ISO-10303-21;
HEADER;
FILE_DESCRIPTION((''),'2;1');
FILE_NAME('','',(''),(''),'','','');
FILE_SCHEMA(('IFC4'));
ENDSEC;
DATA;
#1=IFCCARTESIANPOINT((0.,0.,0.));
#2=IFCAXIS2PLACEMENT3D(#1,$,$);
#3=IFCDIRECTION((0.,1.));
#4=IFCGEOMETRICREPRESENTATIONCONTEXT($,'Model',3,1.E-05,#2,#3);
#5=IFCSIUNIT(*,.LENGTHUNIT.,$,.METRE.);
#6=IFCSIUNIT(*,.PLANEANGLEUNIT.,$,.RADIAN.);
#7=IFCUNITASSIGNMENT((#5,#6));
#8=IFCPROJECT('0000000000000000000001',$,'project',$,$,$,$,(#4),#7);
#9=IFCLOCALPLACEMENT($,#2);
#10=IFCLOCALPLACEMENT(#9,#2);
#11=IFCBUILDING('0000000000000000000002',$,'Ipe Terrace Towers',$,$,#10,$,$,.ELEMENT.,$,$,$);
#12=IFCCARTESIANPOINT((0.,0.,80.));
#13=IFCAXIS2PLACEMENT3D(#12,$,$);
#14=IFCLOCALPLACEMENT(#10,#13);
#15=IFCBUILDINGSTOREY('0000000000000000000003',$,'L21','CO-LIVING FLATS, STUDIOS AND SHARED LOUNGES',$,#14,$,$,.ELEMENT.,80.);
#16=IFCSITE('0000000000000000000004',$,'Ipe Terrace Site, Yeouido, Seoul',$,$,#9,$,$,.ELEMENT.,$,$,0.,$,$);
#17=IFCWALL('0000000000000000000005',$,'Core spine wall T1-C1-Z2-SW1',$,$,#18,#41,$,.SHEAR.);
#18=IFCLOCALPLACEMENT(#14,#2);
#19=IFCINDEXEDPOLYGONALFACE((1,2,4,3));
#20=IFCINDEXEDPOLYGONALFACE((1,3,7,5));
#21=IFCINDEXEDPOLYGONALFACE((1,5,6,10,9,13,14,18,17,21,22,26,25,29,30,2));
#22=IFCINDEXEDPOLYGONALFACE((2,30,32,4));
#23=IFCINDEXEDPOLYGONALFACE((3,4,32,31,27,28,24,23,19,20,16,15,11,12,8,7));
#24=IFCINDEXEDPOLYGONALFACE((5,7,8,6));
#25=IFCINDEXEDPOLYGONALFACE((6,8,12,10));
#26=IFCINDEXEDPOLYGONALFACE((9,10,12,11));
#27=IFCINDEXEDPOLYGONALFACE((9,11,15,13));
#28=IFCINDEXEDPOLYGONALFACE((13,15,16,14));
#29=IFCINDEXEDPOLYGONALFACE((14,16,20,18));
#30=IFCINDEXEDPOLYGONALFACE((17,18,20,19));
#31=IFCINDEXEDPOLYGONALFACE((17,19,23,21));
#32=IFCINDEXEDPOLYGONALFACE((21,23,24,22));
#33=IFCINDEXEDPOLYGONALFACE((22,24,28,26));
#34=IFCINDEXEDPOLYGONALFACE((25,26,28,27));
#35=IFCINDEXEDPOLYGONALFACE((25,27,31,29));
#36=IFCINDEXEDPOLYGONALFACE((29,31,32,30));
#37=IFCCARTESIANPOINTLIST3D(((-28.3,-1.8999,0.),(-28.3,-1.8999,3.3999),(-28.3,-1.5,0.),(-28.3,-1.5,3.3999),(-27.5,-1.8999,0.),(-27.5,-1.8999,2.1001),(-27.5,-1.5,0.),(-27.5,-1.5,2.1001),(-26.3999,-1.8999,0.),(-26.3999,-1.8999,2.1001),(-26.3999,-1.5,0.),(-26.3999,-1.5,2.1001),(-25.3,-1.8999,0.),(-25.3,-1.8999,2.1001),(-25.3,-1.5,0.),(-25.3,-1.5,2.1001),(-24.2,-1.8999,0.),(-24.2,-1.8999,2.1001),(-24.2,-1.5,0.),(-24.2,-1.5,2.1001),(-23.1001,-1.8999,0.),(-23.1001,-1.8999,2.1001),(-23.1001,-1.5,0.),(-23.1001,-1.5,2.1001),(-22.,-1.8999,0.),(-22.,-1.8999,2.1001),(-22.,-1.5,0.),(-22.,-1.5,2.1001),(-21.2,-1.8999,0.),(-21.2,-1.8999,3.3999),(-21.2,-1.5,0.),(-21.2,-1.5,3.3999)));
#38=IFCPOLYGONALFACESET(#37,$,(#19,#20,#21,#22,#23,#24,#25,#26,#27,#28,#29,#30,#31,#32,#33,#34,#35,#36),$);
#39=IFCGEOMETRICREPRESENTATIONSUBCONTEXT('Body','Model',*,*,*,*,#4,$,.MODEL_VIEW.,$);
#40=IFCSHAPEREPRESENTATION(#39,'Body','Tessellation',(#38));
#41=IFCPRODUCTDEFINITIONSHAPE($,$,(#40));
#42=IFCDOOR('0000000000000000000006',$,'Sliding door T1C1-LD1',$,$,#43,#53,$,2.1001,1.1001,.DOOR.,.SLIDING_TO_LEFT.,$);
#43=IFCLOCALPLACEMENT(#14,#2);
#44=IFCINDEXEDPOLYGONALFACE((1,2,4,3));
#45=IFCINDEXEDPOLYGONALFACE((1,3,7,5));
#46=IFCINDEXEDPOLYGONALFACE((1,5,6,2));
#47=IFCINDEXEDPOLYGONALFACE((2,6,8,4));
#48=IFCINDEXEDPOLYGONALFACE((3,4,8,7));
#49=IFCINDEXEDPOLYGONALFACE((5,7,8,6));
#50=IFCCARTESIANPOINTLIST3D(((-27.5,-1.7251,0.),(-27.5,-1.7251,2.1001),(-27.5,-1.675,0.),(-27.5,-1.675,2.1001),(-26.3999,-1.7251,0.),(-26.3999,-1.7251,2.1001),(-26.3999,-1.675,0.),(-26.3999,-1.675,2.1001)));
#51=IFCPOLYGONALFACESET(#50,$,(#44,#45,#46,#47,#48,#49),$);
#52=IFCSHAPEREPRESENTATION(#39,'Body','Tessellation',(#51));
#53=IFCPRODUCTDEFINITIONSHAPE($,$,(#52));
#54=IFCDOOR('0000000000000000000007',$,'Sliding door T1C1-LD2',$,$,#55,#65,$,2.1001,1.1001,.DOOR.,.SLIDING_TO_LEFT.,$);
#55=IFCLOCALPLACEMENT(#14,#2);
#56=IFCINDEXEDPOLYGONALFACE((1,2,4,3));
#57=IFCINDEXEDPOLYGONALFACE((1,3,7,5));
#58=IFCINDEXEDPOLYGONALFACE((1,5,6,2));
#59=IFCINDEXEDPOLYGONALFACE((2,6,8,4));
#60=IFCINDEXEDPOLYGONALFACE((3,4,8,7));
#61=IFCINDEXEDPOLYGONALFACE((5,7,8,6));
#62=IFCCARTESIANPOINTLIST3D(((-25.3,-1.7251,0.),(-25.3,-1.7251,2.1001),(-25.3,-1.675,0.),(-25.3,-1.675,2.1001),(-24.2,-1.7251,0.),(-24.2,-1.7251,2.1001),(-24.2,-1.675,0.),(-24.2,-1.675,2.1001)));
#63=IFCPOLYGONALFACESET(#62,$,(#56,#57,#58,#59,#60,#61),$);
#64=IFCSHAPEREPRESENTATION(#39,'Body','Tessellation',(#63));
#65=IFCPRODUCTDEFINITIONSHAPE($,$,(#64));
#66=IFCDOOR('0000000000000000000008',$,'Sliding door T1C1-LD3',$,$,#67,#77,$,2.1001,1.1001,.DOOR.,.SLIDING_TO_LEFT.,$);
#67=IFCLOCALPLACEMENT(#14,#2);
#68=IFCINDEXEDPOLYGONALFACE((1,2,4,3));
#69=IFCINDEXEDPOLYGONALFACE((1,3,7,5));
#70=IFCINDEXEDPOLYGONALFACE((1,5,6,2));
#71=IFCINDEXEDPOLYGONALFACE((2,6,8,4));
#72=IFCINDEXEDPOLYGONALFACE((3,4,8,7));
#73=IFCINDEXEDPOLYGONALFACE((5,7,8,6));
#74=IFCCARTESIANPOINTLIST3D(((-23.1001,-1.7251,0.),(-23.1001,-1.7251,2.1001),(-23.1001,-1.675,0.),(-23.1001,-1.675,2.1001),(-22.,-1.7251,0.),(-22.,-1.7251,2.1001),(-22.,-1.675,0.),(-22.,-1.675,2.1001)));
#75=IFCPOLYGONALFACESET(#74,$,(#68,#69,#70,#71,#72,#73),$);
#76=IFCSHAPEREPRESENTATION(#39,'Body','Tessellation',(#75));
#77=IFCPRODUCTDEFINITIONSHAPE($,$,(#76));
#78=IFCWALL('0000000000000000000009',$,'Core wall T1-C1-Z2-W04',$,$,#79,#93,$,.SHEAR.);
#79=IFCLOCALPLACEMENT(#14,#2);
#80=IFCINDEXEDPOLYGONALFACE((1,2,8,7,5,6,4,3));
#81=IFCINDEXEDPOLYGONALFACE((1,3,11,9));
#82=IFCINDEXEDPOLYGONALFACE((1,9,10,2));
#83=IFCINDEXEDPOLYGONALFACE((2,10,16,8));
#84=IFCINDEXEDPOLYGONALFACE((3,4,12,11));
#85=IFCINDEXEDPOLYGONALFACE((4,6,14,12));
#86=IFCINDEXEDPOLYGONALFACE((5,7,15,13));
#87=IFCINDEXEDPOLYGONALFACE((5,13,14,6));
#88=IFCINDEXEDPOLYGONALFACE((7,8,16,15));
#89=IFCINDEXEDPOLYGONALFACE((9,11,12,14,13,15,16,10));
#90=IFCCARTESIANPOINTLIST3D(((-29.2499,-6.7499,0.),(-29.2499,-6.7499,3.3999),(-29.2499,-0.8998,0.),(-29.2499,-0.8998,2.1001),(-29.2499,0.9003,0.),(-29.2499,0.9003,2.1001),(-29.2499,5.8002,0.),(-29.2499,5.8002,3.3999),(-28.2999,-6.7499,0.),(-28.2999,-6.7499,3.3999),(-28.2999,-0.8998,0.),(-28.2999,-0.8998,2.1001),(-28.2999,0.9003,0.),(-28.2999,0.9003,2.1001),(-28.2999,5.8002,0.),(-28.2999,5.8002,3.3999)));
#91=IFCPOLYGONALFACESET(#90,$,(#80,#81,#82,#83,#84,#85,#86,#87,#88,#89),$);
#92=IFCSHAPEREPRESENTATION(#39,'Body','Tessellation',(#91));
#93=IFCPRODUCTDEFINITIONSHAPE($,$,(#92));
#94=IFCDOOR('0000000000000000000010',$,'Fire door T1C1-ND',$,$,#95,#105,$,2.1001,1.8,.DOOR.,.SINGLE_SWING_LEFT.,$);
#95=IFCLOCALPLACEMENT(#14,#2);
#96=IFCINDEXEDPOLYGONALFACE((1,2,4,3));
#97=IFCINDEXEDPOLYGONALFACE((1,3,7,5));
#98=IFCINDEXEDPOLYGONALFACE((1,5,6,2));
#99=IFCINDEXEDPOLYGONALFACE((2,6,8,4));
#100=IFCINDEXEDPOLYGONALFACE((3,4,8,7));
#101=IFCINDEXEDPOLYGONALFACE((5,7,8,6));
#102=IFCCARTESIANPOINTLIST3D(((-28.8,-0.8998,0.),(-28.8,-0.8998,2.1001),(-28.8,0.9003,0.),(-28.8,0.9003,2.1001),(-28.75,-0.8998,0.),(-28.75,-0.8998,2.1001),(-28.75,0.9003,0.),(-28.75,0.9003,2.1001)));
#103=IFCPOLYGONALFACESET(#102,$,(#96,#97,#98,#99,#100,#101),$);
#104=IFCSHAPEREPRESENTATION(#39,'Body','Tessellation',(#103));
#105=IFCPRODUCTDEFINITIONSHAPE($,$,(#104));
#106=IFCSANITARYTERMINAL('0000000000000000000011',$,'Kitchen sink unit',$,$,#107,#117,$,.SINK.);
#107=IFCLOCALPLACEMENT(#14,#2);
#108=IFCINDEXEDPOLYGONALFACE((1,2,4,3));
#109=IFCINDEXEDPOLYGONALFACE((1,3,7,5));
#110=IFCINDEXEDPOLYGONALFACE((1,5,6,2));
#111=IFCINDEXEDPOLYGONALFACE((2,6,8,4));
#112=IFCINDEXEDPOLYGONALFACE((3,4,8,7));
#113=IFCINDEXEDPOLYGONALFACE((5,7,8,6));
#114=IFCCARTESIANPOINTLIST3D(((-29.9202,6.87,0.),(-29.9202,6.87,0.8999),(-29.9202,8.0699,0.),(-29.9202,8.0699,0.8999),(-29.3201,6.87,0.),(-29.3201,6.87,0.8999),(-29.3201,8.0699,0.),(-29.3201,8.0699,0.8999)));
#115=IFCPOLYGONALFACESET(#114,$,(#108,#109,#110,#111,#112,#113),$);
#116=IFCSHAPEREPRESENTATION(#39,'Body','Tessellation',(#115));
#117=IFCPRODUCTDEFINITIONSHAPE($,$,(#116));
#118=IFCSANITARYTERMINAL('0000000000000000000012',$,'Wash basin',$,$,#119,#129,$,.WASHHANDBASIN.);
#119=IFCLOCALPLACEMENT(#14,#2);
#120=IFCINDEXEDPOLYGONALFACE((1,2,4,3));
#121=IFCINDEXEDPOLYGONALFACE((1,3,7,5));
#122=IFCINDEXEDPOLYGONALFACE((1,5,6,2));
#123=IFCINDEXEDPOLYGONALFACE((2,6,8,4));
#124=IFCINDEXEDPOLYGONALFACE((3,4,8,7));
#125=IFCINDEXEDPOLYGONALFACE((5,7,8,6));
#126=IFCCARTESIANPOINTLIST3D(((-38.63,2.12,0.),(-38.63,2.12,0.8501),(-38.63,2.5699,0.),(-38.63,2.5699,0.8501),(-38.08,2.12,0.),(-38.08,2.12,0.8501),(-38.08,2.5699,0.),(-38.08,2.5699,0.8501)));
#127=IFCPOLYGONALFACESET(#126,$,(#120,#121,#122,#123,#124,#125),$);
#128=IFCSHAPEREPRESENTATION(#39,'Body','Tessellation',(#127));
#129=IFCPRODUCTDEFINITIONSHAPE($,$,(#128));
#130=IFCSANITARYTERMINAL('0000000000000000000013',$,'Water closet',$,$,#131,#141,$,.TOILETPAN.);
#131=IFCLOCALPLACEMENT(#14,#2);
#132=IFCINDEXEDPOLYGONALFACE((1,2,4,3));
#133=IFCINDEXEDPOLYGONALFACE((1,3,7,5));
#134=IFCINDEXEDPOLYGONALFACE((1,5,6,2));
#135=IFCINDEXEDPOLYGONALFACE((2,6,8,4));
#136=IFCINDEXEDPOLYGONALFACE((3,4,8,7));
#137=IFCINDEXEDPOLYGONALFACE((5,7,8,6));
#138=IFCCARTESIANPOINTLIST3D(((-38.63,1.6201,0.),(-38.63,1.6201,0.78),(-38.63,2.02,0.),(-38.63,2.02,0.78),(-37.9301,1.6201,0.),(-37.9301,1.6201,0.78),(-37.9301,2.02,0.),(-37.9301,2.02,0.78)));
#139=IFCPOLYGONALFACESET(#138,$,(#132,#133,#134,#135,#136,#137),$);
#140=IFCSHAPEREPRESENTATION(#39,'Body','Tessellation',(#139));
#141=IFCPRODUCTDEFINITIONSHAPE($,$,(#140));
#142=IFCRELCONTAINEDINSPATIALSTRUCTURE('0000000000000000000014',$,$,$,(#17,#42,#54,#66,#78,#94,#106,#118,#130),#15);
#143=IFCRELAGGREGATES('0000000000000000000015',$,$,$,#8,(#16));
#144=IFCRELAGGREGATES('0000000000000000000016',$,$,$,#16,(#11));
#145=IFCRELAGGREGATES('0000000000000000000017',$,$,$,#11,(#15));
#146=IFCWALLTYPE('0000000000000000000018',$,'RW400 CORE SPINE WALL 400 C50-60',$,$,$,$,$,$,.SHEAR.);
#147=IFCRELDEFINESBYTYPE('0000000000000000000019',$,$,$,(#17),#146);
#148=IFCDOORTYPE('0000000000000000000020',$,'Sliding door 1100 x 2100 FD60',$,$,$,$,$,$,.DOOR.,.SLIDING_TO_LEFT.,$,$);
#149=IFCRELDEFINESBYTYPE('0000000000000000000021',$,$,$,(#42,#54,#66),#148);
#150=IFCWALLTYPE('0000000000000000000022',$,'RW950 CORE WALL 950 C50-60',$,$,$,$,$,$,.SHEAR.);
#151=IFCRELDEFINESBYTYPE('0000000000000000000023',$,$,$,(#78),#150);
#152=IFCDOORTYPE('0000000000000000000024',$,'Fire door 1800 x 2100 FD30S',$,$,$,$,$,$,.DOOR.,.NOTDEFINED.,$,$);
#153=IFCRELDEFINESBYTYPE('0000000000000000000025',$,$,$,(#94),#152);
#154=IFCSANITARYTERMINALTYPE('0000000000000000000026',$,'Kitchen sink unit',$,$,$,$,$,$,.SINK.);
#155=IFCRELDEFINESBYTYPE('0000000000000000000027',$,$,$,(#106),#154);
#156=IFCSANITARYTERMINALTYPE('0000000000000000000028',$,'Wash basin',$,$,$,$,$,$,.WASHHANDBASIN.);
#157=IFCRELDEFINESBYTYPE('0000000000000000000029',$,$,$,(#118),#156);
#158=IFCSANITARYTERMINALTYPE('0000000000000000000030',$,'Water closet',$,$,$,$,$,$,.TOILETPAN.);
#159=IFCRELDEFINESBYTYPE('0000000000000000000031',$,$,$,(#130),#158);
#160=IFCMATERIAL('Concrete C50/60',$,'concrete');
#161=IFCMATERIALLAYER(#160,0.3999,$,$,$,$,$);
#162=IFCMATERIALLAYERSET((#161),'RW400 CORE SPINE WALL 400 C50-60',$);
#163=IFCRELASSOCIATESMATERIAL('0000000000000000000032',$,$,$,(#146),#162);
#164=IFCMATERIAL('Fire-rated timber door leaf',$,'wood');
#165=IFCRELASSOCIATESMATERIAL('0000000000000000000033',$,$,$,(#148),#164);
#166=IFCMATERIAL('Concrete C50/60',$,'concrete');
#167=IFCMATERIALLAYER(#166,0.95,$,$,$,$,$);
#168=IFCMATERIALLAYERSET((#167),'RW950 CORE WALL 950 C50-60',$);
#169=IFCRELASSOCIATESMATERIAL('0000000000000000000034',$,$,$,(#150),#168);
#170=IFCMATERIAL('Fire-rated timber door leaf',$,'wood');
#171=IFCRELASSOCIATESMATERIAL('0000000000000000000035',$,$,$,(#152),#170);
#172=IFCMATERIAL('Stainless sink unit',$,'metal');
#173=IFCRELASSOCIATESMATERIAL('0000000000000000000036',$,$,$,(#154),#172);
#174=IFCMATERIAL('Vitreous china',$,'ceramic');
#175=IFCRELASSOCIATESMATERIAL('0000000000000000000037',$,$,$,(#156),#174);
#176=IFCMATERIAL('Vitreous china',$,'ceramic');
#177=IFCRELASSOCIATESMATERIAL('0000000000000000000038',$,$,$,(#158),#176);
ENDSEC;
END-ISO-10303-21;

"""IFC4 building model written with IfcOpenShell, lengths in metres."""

from ifc_helpers import new_model, si_unit, direction, frame, frame_2d, origin, origin_2d, place, context, subcontext, project, spatial, rectangle, extrude, material, layer, layer_set, type_object, element, fill, save


model = new_model("IFC4")

# Units and contexts
model_context = context("Model", 3, precision=1e-05, world=origin(), true_north=direction((0.0, 1.0)))
body_context = subcontext(model_context, "Body", "Model", "MODEL_VIEW")
ifc_project = project(units=[si_unit("LENGTHUNIT", "METRE"), si_unit("PLANEANGLEUNIT", "RADIAN")], contexts=[model_context])

# Site, building, storey
site_placement = place(None, origin())
site = spatial("IfcSite", under=ifc_project, at=site_placement, Name="Ipe Terrace Site, Yeouido, Seoul", CompositionType="ELEMENT", RefElevation=0.0)
building_placement = place(site_placement, origin())
building = spatial("IfcBuilding", under=site, at=building_placement, Name="Ipe Terrace Towers", CompositionType="ELEMENT")
storey_placement = place(building_placement, frame((0.0, 0.0, 80.0)))
storey = spatial("IfcBuildingStorey", under=building, at=storey_placement, Name="L21", Description="CO-LIVING FLATS, STUDIOS AND SHARED LOUNGES", CompositionType="ELEMENT", Elevation=80.0)

# Wall, openings, doors
ifc_material_1 = material(Name="Concrete C50/60", Category="concrete")
ifc_layer_1 = layer(ifc_material_1, 0.3999)
ifc_layer_set_1 = layer_set([ifc_layer_1], Name="RW400 CORE SPINE WALL 400 C50-60")
wall_type_1 = type_object("IfcWallType", Name="RW400 CORE SPINE WALL 400 C50-60", PredefinedType="SHEAR", material=ifc_layer_set_1)
wall_1_placement = place(storey_placement, frame((-28.3, -1.7, 0.0), z_axis=(0.0, 0.0, 1.0), x_axis=(1.0, 0.0, 0.0)))
wall_1 = element("IfcWall", 1, at=wall_1_placement, inside=storey, type_object=wall_type_1, Name="Core spine wall T1-C1-Z2-SW1", PredefinedType="SHEAR", context=body_context, shape_type="SweptSolid", body=[
    extrude(rectangle(XDim=7.1001, YDim=0.3999, at=frame_2d((3.55, 0.0))), origin(), (0.0, 0.0, 1.0), 3.3999),
])
opening_1_placement = place(wall_1_placement, frame((0.8, 0.0, 0.0)))
opening_1 = element("IfcOpeningElement", 2, at=opening_1_placement, cuts=wall_1, PredefinedType="OPENING", context=body_context, shape_type="SweptSolid", body=[
    extrude(rectangle(XDim=1.1001, YDim=2.1001, at=frame_2d((0.55, 1.05))), frame((0.0, 0.21, 0.0), z_axis=(0.0, -1.0, 0.0), x_axis=(1.0, 0.0, 0.0)), (0.0, 0.0, 1.0), 0.4199),
])
opening_2_placement = place(wall_1_placement, frame((3.0, 0.0, 0.0)))
opening_2 = element("IfcOpeningElement", 3, at=opening_2_placement, cuts=wall_1, PredefinedType="OPENING", context=body_context, shape_type="SweptSolid", body=[
    extrude(rectangle(XDim=1.1001, YDim=2.1001, at=frame_2d((0.55, 1.05))), frame((0.0, 0.21, 0.0), z_axis=(0.0, -1.0, 0.0), x_axis=(1.0, 0.0, 0.0)), (0.0, 0.0, 1.0), 0.4199),
])
opening_3_placement = place(wall_1_placement, frame((5.2, 0.0, 0.0)))
opening_3 = element("IfcOpeningElement", 4, at=opening_3_placement, cuts=wall_1, PredefinedType="OPENING", context=body_context, shape_type="SweptSolid", body=[
    extrude(rectangle(XDim=1.1001, YDim=2.1001, at=frame_2d((0.55, 1.05))), frame((0.0, 0.21, 0.0), z_axis=(0.0, -1.0, 0.0), x_axis=(1.0, 0.0, 0.0)), (0.0, 0.0, 1.0), 0.4199),
])
ifc_material_2 = material(Name="Fire-rated timber door leaf", Category="wood")
door_type_1 = type_object("IfcDoorType", Name="Sliding door 1100 x 2100 FD60", OperationType="SLIDING_TO_LEFT", PredefinedType="DOOR", material=ifc_material_2)
door_1_placement = place(opening_1_placement, origin())
door_1 = element("IfcDoor", 5, at=door_1_placement, inside=storey, type_object=door_type_1, Name="Sliding door T1C1-LD1", OperationType="SLIDING_TO_LEFT", OverallHeight=2.1001, OverallWidth=1.1001, PredefinedType="DOOR", context=body_context, shape_type="SweptSolid", body=[
    extrude(rectangle(XDim=1.1001, YDim=2.1001, at=frame_2d((0.55, 1.05))), frame((0.0, 0.0249, 0.0), z_axis=(0.0, -1.0, 0.0), x_axis=(1.0, 0.0, 0.0)), (0.0, 0.0, 1.0), 0.05),
])
fill(opening_1, door_1)
door_2_placement = place(opening_2_placement, origin())
door_2 = element("IfcDoor", 6, at=door_2_placement, inside=storey, type_object=door_type_1, Name="Sliding door T1C1-LD2", OperationType="SLIDING_TO_LEFT", OverallHeight=2.1001, OverallWidth=1.1001, PredefinedType="DOOR", context=body_context, shape_type="SweptSolid", body=[
    extrude(rectangle(XDim=1.1001, YDim=2.1001, at=frame_2d((0.55, 1.05))), frame((0.0, 0.0249, 0.0), z_axis=(0.0, -1.0, 0.0), x_axis=(1.0, 0.0, 0.0)), (0.0, 0.0, 1.0), 0.05),
])
fill(opening_2, door_2)
door_3_placement = place(opening_3_placement, origin())
door_3 = element("IfcDoor", 7, at=door_3_placement, inside=storey, type_object=door_type_1, Name="Sliding door T1C1-LD3", OperationType="SLIDING_TO_LEFT", OverallHeight=2.1001, OverallWidth=1.1001, PredefinedType="DOOR", context=body_context, shape_type="SweptSolid", body=[
    extrude(rectangle(XDim=1.1001, YDim=2.1001, at=frame_2d((0.55, 1.05))), frame((0.0, 0.0249, 0.0), z_axis=(0.0, -1.0, 0.0), x_axis=(1.0, 0.0, 0.0)), (0.0, 0.0, 1.0), 0.05),
])
fill(opening_3, door_3)

# Wall, opening, door
ifc_material_3 = material(Name="Concrete C50/60", Category="concrete")
ifc_layer_2 = layer(ifc_material_3, 0.95)
ifc_layer_set_2 = layer_set([ifc_layer_2], Name="RW950 CORE WALL 950 C50-60")
wall_type_2 = type_object("IfcWallType", Name="RW950 CORE WALL 950 C50-60", PredefinedType="SHEAR", material=ifc_layer_set_2)
wall_2_placement = place(storey_placement, frame((-28.7749, 5.8, 0.0), z_axis=(0.0, 0.0, 1.0), x_axis=(0.0, -1.0, 0.0)))
wall_2 = element("IfcWall", 8, at=wall_2_placement, inside=storey, type_object=wall_type_2, Name="Core wall T1-C1-Z2-W04", PredefinedType="SHEAR", context=body_context, shape_type="SweptSolid", body=[
    extrude(rectangle(XDim=12.55, YDim=0.95, at=frame_2d((6.2749, 0.0))), origin(), (0.0, 0.0, 1.0), 3.3999),
])
opening_4_placement = place(wall_2_placement, frame((4.8999, 0.0, 0.0)))
opening_4 = element("IfcOpeningElement", 9, at=opening_4_placement, cuts=wall_2, PredefinedType="OPENING", context=body_context, shape_type="SweptSolid", body=[
    extrude(rectangle(XDim=1.8, YDim=2.1001, at=frame_2d((0.8999, 1.05))), frame((0.0, 0.4849, 0.0), z_axis=(0.0, -1.0, 0.0), x_axis=(1.0, 0.0, 0.0)), (0.0, 0.0, 1.0), 0.97),
])
ifc_material_4 = material(Name="Fire-rated timber door leaf", Category="wood")
door_type_2 = type_object("IfcDoorType", Name="Fire door 1800 x 2100 FD30S", OperationType="NOTDEFINED", PredefinedType="DOOR", material=ifc_material_4)
door_4_placement = place(opening_4_placement, origin())
door_4 = element("IfcDoor", 10, at=door_4_placement, inside=storey, type_object=door_type_2, Name="Fire door T1C1-ND", OperationType="SINGLE_SWING_LEFT", OverallHeight=2.1001, OverallWidth=1.8, PredefinedType="DOOR", context=body_context, shape_type="SweptSolid", body=[
    extrude(rectangle(XDim=1.8, YDim=2.1001, at=frame_2d((0.8999, 1.05))), frame((0.0, 0.0249, 0.0), z_axis=(0.0, -1.0, 0.0), x_axis=(1.0, 0.0, 0.0)), (0.0, 0.0, 1.0), 0.05),
])
fill(opening_4, door_4)

# Sanitary terminals
ifc_material_5 = material(Name="Stainless sink unit", Category="metal")
sanitary_terminal_type_1 = type_object("IfcSanitaryTerminalType", Name="Kitchen sink unit", PredefinedType="SINK", material=ifc_material_5)
sanitary_terminal_1_placement = place(storey_placement, frame((-29.6201, 7.47, 0.0), z_axis=(0.0, 0.0, 1.0), x_axis=(0.0, -1.0, 0.0)))
element("IfcSanitaryTerminal", 11, at=sanitary_terminal_1_placement, inside=storey, type_object=sanitary_terminal_type_1, Name="Kitchen sink unit", PredefinedType="SINK", context=body_context, shape_type="SweptSolid", body=[
    extrude(rectangle(XDim=1.2, YDim=0.6001, at=origin_2d()), origin(), (0.0, 0.0, 1.0), 0.8999),
])
ifc_material_6 = material(Name="Vitreous china", Category="ceramic")
sanitary_terminal_type_2 = type_object("IfcSanitaryTerminalType", Name="Wash basin", PredefinedType="WASHHANDBASIN", material=ifc_material_6)
sanitary_terminal_2_placement = place(storey_placement, frame((-38.355, 2.345, 0.0), z_axis=(0.0, 0.0, 1.0), x_axis=(1.0, 0.0, 0.0)))
element("IfcSanitaryTerminal", 12, at=sanitary_terminal_2_placement, inside=storey, type_object=sanitary_terminal_type_2, Name="Wash basin", PredefinedType="WASHHANDBASIN", context=body_context, shape_type="SweptSolid", body=[
    extrude(rectangle(XDim=0.55, YDim=0.45, at=origin_2d()), origin(), (0.0, 0.0, 1.0), 0.8501),
])
ifc_material_7 = material(Name="Vitreous china", Category="ceramic")
sanitary_terminal_type_3 = type_object("IfcSanitaryTerminalType", Name="Water closet", PredefinedType="TOILETPAN", material=ifc_material_7)
sanitary_terminal_3_placement = place(storey_placement, frame((-38.28, 1.8201, 0.0), z_axis=(0.0, 0.0, 1.0), x_axis=(1.0, 0.0, 0.0)))
element("IfcSanitaryTerminal", 13, at=sanitary_terminal_3_placement, inside=storey, type_object=sanitary_terminal_type_3, Name="Water closet", PredefinedType="TOILETPAN", context=body_context, shape_type="SweptSolid", body=[
    extrude(rectangle(XDim=0.7, YDim=0.3999, at=origin_2d()), origin(), (0.0, 0.0, 1.0), 0.78),
])

save(model, "model.ifc")
